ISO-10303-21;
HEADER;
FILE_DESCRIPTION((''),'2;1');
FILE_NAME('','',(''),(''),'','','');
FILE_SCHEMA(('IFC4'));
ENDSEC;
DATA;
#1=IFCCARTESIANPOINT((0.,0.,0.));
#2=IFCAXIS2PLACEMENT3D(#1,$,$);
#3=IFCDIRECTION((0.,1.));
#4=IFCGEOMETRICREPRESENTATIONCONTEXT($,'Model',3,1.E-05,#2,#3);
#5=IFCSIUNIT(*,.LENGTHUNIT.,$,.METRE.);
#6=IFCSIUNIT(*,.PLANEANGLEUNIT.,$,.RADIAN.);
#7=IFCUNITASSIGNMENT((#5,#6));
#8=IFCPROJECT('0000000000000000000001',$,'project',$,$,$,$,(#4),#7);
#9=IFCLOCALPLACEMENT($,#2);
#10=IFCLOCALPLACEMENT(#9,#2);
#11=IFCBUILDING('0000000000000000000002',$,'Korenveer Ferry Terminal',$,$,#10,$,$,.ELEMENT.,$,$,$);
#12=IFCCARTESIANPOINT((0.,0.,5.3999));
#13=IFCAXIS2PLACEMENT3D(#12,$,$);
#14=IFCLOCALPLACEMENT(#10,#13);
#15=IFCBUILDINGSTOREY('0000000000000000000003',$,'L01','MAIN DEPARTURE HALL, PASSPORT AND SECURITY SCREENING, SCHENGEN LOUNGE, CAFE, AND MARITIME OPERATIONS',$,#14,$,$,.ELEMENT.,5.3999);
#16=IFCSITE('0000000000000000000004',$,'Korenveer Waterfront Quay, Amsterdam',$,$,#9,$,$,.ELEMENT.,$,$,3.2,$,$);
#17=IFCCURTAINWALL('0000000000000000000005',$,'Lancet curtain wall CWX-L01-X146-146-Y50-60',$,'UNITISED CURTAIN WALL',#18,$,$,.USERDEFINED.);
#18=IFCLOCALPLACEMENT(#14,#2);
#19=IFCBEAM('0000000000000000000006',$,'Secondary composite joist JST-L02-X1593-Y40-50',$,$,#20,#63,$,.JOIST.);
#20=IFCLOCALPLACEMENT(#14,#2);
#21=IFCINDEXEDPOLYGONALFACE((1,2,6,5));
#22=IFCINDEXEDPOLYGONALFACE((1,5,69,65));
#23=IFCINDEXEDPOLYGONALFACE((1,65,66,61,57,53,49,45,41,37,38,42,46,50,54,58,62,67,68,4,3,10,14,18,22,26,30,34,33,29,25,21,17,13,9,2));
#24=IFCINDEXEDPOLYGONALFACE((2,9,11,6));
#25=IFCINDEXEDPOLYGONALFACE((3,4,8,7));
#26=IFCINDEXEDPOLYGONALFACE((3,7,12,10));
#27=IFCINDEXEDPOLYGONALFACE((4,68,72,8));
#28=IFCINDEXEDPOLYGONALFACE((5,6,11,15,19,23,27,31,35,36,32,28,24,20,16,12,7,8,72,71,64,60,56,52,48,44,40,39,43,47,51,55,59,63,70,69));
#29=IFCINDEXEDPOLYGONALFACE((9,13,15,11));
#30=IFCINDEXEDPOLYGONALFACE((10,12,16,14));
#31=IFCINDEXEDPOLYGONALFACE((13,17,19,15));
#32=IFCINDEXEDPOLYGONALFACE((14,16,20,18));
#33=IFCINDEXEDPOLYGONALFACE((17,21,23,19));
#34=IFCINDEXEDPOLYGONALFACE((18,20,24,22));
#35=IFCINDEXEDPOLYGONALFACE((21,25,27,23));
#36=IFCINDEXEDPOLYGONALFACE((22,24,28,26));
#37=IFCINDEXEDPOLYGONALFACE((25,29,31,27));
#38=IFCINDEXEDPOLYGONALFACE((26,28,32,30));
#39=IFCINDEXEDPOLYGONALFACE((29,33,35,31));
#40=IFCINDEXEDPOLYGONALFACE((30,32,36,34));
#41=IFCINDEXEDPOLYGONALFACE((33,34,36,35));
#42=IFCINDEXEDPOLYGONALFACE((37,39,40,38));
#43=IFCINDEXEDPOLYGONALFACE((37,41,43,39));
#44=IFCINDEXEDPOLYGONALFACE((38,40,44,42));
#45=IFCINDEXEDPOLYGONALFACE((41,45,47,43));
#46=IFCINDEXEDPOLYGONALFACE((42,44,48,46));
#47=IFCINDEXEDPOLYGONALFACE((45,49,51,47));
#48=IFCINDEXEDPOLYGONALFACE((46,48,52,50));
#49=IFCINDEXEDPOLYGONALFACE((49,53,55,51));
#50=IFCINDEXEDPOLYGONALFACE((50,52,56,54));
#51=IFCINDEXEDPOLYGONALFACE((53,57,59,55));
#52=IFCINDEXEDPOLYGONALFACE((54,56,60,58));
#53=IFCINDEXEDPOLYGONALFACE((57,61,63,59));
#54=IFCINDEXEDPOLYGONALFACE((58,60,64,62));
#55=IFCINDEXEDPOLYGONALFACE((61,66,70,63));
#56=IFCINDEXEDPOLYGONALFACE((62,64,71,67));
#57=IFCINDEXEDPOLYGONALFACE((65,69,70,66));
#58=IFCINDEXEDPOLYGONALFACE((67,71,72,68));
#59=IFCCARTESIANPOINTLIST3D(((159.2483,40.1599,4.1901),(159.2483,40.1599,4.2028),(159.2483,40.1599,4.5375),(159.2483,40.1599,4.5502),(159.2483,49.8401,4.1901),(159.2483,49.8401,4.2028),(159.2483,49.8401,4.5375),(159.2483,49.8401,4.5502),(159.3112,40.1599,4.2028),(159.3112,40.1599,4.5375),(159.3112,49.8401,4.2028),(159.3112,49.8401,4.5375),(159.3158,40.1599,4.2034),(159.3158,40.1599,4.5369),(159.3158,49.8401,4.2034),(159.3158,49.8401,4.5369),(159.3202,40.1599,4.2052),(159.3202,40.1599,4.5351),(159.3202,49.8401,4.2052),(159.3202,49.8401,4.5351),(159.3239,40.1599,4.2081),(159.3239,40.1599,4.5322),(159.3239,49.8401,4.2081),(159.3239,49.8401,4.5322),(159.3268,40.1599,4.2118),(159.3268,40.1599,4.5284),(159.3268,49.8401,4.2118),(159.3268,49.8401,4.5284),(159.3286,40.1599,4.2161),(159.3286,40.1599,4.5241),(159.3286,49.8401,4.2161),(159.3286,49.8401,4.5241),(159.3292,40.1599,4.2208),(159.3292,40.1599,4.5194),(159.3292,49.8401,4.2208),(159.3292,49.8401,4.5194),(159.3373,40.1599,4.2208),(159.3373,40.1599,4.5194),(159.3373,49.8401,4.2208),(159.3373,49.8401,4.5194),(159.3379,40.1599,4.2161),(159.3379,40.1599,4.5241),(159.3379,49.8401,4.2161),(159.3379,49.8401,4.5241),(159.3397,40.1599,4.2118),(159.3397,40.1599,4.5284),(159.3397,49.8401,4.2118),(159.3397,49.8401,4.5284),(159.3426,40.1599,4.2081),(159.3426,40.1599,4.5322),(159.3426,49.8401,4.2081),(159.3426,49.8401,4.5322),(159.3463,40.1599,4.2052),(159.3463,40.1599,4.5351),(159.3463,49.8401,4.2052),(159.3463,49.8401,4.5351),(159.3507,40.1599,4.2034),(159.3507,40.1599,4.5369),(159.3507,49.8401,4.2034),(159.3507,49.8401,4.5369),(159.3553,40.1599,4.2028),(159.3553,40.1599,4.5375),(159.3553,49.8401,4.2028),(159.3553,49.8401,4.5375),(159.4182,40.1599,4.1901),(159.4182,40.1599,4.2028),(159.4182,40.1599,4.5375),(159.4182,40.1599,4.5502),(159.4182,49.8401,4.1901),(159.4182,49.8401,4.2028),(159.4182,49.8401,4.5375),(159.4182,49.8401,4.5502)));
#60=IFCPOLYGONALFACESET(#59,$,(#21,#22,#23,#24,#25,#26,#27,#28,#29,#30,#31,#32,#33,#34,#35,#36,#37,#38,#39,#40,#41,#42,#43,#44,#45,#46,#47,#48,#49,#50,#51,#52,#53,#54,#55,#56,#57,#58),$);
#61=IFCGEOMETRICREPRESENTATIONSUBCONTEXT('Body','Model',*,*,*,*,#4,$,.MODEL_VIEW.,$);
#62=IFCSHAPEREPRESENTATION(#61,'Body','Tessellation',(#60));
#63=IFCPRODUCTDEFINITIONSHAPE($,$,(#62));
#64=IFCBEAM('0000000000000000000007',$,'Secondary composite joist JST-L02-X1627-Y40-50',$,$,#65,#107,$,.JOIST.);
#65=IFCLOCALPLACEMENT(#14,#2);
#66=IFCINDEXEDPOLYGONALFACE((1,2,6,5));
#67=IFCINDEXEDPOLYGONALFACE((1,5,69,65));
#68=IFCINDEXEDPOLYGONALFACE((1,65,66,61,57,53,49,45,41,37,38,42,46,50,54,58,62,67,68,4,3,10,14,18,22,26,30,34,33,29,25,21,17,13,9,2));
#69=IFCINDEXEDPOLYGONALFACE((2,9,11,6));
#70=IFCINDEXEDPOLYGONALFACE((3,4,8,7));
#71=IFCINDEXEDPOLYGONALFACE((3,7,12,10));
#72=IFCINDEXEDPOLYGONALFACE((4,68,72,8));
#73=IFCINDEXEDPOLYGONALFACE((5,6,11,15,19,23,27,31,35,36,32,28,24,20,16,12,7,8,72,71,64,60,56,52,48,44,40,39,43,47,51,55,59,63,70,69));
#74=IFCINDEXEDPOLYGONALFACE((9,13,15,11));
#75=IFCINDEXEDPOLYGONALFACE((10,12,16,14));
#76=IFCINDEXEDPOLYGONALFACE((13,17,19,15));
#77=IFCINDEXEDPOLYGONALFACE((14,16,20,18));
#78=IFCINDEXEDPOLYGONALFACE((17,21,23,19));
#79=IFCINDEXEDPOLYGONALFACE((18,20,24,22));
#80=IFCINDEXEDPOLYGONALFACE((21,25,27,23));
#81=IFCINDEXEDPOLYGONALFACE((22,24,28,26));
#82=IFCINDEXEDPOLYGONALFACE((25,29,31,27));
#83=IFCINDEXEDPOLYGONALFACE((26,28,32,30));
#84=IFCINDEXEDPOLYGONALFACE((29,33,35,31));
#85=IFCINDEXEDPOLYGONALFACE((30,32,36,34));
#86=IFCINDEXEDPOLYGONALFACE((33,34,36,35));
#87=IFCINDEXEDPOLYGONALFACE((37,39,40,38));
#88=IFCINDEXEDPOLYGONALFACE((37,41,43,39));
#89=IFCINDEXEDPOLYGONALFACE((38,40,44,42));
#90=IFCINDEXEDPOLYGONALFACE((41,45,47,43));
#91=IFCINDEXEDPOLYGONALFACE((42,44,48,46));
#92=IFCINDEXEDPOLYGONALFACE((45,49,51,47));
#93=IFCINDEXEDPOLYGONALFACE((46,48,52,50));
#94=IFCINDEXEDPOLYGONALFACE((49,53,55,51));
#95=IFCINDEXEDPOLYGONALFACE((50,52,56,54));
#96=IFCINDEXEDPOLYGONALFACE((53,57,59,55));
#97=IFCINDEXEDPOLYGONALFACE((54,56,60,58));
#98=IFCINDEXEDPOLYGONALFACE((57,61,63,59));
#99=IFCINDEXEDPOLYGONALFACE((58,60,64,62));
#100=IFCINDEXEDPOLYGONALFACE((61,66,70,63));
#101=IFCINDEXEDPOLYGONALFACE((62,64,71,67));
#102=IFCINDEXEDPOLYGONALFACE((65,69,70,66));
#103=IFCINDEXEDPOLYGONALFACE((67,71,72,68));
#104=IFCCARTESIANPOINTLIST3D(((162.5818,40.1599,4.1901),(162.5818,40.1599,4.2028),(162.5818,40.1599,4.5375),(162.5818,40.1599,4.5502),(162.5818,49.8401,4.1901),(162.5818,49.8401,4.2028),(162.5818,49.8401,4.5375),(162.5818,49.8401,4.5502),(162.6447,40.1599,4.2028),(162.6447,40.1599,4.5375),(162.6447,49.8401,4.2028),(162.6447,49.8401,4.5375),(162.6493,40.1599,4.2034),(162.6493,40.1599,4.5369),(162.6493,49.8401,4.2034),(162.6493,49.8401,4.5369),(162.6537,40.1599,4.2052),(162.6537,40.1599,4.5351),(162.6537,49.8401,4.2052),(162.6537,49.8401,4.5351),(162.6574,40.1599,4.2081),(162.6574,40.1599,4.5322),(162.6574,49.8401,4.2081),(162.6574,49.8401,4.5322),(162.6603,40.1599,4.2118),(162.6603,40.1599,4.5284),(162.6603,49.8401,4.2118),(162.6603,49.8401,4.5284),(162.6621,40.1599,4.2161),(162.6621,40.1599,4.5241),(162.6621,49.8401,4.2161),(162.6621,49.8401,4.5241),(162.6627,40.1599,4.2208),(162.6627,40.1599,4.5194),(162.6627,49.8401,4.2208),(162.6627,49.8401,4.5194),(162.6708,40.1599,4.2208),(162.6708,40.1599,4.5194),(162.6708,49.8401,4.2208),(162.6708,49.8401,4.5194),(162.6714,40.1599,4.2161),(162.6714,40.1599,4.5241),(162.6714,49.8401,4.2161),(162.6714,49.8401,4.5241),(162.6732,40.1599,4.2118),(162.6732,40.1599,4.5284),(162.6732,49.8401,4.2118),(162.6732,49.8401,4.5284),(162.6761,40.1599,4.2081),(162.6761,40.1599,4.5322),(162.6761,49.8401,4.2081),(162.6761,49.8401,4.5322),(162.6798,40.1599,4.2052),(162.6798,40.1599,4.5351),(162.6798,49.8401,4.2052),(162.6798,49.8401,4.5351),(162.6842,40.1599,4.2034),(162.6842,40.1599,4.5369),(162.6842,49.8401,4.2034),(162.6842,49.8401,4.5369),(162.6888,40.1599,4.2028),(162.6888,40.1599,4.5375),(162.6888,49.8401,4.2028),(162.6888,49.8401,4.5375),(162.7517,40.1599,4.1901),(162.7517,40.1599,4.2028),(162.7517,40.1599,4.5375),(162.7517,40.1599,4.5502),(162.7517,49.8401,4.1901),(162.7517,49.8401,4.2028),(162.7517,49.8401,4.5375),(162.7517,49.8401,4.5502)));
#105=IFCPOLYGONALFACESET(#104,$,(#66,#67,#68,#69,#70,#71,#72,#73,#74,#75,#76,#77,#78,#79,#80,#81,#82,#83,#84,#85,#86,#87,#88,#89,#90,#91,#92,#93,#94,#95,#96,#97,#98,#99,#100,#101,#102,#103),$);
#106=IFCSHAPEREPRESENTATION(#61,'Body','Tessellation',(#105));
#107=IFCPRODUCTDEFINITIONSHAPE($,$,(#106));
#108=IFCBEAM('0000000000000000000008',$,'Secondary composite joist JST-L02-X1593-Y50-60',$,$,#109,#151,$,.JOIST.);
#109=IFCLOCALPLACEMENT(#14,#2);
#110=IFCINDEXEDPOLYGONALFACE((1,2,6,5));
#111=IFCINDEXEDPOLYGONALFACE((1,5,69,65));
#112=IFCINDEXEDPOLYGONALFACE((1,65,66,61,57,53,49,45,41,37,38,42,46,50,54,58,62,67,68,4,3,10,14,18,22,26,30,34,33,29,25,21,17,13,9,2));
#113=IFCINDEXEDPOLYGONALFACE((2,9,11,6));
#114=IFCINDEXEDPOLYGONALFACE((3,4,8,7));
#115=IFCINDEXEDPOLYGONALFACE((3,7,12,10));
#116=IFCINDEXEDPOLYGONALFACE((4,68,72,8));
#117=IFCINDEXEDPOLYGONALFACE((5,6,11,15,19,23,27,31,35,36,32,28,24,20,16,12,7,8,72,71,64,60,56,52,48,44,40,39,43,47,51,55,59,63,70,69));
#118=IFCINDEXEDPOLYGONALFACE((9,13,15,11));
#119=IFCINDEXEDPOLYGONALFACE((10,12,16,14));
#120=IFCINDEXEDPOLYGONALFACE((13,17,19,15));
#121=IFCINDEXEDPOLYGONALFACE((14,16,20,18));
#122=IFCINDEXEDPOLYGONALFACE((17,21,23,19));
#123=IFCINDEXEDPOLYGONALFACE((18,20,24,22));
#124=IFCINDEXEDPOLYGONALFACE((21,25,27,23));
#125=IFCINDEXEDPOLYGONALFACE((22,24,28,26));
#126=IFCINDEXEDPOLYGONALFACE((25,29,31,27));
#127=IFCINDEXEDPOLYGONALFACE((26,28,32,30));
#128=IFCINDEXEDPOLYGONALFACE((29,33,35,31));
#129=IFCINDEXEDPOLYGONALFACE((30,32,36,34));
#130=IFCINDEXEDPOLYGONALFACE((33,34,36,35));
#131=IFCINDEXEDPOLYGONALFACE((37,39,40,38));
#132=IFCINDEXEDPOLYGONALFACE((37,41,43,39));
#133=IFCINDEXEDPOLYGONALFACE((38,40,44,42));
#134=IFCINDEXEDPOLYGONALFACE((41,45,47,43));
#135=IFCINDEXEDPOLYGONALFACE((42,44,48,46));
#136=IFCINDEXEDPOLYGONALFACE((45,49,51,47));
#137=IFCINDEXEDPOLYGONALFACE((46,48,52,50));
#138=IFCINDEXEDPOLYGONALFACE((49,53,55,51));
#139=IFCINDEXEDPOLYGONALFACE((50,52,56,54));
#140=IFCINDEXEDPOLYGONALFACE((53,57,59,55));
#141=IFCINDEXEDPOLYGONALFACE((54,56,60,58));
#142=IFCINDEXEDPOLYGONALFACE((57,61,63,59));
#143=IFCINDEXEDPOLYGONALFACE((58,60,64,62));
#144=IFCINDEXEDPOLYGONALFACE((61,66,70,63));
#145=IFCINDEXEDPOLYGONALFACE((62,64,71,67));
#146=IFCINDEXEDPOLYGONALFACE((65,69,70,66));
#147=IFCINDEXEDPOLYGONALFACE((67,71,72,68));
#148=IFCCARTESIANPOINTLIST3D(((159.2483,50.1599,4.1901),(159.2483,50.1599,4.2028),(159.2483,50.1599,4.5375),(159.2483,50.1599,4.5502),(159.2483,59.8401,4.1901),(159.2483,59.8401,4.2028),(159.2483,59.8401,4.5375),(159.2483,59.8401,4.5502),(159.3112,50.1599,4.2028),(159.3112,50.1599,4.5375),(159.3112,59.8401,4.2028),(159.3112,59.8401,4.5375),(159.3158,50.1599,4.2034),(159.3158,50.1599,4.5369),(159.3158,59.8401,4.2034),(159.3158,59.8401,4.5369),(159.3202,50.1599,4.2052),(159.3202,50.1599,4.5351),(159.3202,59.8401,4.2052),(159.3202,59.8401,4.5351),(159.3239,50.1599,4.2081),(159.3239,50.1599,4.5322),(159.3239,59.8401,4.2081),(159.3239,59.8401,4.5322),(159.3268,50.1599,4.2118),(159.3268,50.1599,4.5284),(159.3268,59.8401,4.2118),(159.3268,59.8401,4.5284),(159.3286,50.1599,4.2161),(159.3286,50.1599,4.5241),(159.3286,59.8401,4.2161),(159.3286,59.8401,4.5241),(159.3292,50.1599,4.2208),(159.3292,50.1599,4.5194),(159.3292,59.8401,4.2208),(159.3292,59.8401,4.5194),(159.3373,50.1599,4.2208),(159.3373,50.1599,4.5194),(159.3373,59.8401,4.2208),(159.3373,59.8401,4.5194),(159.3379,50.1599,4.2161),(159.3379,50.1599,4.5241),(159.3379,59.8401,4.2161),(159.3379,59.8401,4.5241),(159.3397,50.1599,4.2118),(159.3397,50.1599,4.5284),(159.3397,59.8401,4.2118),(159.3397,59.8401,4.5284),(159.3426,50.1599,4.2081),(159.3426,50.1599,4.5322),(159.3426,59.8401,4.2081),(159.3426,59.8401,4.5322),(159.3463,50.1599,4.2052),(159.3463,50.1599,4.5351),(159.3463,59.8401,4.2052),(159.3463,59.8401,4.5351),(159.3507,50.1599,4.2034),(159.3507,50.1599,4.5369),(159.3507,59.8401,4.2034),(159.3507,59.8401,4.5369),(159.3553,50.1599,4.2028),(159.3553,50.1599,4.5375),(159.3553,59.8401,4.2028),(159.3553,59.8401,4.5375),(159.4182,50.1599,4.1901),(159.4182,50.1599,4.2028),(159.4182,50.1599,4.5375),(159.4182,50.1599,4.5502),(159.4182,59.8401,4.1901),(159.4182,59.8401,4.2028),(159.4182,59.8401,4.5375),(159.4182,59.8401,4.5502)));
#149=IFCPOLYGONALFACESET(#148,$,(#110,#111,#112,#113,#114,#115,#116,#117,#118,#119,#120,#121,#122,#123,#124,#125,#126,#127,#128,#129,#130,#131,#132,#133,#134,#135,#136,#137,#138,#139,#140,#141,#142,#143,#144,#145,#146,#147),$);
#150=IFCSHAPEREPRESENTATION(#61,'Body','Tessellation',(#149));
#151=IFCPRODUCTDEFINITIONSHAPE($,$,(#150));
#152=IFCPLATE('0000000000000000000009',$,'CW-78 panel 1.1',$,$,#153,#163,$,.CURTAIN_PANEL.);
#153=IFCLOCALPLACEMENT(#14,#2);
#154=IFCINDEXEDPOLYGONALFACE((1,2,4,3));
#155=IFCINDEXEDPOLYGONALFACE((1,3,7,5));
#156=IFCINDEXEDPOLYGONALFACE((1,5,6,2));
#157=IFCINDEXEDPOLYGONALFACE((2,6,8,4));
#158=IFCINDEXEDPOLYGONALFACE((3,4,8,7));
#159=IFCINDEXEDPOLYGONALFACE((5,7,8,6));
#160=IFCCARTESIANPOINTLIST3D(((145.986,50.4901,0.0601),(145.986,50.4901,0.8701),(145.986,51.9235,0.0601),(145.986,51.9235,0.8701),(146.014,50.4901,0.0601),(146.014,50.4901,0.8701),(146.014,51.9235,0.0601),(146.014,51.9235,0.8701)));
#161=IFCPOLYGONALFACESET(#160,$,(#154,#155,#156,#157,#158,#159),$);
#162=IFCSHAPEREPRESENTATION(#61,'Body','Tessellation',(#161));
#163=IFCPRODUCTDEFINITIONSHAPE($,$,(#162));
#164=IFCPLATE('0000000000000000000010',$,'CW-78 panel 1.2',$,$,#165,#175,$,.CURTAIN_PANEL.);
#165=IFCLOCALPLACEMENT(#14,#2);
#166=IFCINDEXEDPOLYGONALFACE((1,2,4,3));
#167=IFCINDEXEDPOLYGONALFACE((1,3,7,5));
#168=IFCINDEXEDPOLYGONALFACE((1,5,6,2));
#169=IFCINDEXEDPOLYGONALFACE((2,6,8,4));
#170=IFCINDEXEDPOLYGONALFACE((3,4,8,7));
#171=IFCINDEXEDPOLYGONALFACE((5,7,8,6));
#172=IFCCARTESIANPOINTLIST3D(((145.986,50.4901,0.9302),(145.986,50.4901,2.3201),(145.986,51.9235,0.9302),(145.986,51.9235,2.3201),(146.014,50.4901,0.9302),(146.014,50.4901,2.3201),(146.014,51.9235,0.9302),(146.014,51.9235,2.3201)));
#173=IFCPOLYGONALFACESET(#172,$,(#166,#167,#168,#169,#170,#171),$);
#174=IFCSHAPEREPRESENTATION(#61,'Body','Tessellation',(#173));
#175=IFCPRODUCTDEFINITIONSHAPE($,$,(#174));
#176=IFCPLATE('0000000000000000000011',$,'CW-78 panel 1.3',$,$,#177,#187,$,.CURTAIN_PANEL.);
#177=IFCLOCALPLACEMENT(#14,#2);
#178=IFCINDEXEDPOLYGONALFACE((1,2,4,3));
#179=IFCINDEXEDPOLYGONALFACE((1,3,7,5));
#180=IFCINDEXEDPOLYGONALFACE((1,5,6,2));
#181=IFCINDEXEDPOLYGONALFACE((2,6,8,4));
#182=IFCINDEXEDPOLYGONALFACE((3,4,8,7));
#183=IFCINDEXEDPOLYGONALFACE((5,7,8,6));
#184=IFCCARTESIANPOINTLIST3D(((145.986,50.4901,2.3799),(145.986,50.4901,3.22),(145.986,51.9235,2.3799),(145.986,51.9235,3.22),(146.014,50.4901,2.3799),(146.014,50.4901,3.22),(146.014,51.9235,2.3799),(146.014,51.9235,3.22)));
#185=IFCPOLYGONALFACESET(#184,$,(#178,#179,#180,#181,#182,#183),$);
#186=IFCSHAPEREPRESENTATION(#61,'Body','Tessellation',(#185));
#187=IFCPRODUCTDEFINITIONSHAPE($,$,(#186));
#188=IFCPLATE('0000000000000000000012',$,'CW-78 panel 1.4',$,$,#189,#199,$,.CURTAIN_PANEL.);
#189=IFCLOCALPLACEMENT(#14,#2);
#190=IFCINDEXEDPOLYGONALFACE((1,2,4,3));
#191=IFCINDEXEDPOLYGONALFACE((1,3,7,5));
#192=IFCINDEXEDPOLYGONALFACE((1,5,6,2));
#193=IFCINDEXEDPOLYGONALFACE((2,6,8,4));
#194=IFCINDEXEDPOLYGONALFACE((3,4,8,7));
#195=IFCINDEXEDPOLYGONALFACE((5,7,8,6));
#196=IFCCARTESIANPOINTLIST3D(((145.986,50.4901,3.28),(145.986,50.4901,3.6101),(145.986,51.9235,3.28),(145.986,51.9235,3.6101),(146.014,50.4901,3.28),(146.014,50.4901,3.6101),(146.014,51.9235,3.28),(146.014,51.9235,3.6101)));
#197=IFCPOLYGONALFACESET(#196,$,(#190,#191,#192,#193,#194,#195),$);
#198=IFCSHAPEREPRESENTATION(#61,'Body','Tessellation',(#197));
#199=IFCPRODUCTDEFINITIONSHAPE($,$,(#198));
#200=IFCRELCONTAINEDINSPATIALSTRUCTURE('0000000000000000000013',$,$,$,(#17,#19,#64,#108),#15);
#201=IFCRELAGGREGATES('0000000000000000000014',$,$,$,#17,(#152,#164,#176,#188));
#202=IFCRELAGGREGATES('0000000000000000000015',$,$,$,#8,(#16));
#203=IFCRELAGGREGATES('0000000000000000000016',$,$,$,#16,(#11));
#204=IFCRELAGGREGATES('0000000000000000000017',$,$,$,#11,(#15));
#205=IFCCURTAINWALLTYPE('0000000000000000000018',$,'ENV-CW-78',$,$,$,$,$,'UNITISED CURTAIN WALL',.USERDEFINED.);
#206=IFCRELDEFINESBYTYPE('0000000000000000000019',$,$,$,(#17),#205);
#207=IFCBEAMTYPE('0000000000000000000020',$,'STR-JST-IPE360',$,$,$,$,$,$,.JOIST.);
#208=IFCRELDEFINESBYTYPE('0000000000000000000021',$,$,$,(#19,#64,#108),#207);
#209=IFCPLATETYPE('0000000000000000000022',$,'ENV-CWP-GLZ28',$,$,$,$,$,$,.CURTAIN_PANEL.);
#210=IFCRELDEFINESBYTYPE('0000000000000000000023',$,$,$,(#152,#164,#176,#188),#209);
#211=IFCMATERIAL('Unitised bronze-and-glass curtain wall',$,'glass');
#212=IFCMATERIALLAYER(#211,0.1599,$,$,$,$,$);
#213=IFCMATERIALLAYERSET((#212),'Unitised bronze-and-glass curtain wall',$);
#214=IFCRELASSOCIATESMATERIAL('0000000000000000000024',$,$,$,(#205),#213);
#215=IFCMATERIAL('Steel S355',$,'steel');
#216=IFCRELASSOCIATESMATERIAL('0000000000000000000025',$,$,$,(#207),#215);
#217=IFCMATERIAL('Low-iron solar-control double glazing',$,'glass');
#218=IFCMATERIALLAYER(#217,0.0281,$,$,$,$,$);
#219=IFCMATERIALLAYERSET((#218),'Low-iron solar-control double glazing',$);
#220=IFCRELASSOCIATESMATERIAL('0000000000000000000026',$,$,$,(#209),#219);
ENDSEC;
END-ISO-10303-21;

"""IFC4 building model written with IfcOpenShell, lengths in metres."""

from ifc_helpers import new_model, si_unit, direction, frame, origin, origin_2d, place, context, subcontext, project, spatial, rectangle, i_section, extrude, material, layer, layer_set, material_profile, profile_set, type_object, element, aggregate, save


model = new_model("IFC4")

# Units and contexts
model_context = context("Model", 3, precision=1e-05, world=origin(), true_north=direction((0.0, 1.0)))
body_context = subcontext(model_context, "Body", "Model", "MODEL_VIEW")
ifc_project = project(units=[si_unit("LENGTHUNIT", "METRE"), si_unit("PLANEANGLEUNIT", "RADIAN")], contexts=[model_context])

# Site, building, storey
site_placement = place(None, origin())
site = spatial("IfcSite", under=ifc_project, at=site_placement, Name="Korenveer Waterfront Quay, Amsterdam", CompositionType="ELEMENT", RefElevation=3.2)
building_placement = place(site_placement, origin())
building = spatial("IfcBuilding", under=site, at=building_placement, Name="Korenveer Ferry Terminal", CompositionType="ELEMENT")
storey_placement = place(building_placement, frame((0.0, 0.0, 5.3999)))
storey = spatial("IfcBuildingStorey", under=building, at=storey_placement, Name="L01", Description="MAIN DEPARTURE HALL, PASSPORT AND SECURITY SCREENING, SCHENGEN LOUNGE, CAFE, AND MARITIME OPERATIONS", CompositionType="ELEMENT", Elevation=5.3999)

# Curtain wall
ifc_material_1 = material(Name="Unitised bronze-and-glass curtain wall", Category="glass")
ifc_layer_1 = layer(ifc_material_1, 0.1599)
ifc_layer_set_1 = layer_set([ifc_layer_1], Name="Unitised bronze-and-glass curtain wall")
curtain_wall_type = type_object("IfcCurtainWallType", Name="ENV-CW-78", ElementType="UNITISED CURTAIN WALL", PredefinedType="USERDEFINED", material=ifc_layer_set_1)
curtain_wall_placement = place(storey_placement, frame((146.0, 50.4299, 0.0)))
curtain_wall = element("IfcCurtainWall", 1, at=curtain_wall_placement, inside=storey, type_object=curtain_wall_type, Name="Lancet curtain wall CWX-L01-X146-146-Y50-60", ObjectType="UNITISED CURTAIN WALL", PredefinedType="USERDEFINED")

# Beams
ifc_material_2 = material(Name="Steel S355", Category="steel")
ifc_material_profile_1 = material_profile(ifc_material_2, i_section(OverallWidth=0.1699, OverallDepth=0.3601, WebThickness=0.0081, FlangeThickness=0.0127, FilletRadius=0.0181, at=origin_2d()), Name="IPE 360")
ifc_profile_set_1 = profile_set([ifc_material_profile_1], Name="Steel S355")
beam_type_1 = type_object("IfcBeamType", Name="STR-JST-IPE360", PredefinedType="JOIST", material=ifc_profile_set_1)
for number, where, z_axis, x_axis, name in (
    (2, (159.3333, 40.1599, 4.3701), (0.0, 1.0, 0.0), (-1.0, 0.0, 0.0), "Secondary composite joist JST-L02-X1593-Y40-50"),
    (3, (162.6667, 40.1599, 4.3701), (0.0, 1.0, 0.0), (-1.0, 0.0, 0.0), "Secondary composite joist JST-L02-X1627-Y40-50"),
    (4, (159.3333, 50.1599, 4.3701), (0.0, 1.0, 0.0), (-1.0, 0.0, 0.0), "Secondary composite joist JST-L02-X1593-Y50-60"),
):
    element("IfcBeam", number, at=place(storey_placement, frame(where, z_axis=z_axis, x_axis=x_axis)), inside=storey, type_object=beam_type_1, Name=name, PredefinedType="JOIST", context=body_context, shape_type="SweptSolid", body=[
        extrude(i_section(OverallWidth=0.1699, OverallDepth=0.3601, WebThickness=0.0081, FlangeThickness=0.0127, FilletRadius=0.0181, at=origin_2d()), origin(), (0.0, 0.0, 1.0), 9.6802),
    ])

# Plates
ifc_material_3 = material(Name="Low-iron solar-control double glazing", Category="glass")
ifc_layer_2 = layer(ifc_material_3, 0.0281)
ifc_layer_set_2 = layer_set([ifc_layer_2], Name="Low-iron solar-control double glazing")
plate_type = type_object("IfcPlateType", Name="ENV-CWP-GLZ28", PredefinedType="CURTAIN_PANEL", material=ifc_layer_set_2)
plate_1_placement = place(storey_placement, frame((146.0, 51.2068, 0.0601), z_axis=(0.0, 0.0, 1.0), x_axis=(0.0, 1.0, 0.0)))
plate_1 = element("IfcPlate", 5, at=plate_1_placement, type_object=plate_type, Name="CW-78 panel 1.1", PredefinedType="CURTAIN_PANEL", context=body_context, shape_type="SweptSolid", body=[
    extrude(rectangle(XDim=1.4333, YDim=0.0281, at=origin_2d()), origin(), (0.0, 0.0, 1.0), 0.8101),
])
plate_2_placement = place(storey_placement, frame((146.0, 51.2068, 0.9302), z_axis=(0.0, 0.0, 1.0), x_axis=(0.0, 1.0, 0.0)))
plate_2 = element("IfcPlate", 6, at=plate_2_placement, type_object=plate_type, Name="CW-78 panel 1.2", PredefinedType="CURTAIN_PANEL", context=body_context, shape_type="SweptSolid", body=[
    extrude(rectangle(XDim=1.4333, YDim=0.0281, at=origin_2d()), origin(), (0.0, 0.0, 1.0), 1.3899),
])
plate_3_placement = place(storey_placement, frame((146.0, 51.2068, 2.3799), z_axis=(0.0, 0.0, 1.0), x_axis=(0.0, 1.0, 0.0)))
plate_3 = element("IfcPlate", 7, at=plate_3_placement, type_object=plate_type, Name="CW-78 panel 1.3", PredefinedType="CURTAIN_PANEL", context=body_context, shape_type="SweptSolid", body=[
    extrude(rectangle(XDim=1.4333, YDim=0.0281, at=origin_2d()), origin(), (0.0, 0.0, 1.0), 0.8401),
])
plate_4_placement = place(storey_placement, frame((146.0, 51.2068, 3.28), z_axis=(0.0, 0.0, 1.0), x_axis=(0.0, 1.0, 0.0)))
plate_4 = element("IfcPlate", 8, at=plate_4_placement, type_object=plate_type, Name="CW-78 panel 1.4", PredefinedType="CURTAIN_PANEL", context=body_context, shape_type="SweptSolid", body=[
    extrude(rectangle(XDim=1.4333, YDim=0.0281, at=origin_2d()), origin(), (0.0, 0.0, 1.0), 0.3301),
])
aggregate(curtain_wall, [plate_1, plate_2, plate_3, plate_4])

save(model, "model.ifc")
